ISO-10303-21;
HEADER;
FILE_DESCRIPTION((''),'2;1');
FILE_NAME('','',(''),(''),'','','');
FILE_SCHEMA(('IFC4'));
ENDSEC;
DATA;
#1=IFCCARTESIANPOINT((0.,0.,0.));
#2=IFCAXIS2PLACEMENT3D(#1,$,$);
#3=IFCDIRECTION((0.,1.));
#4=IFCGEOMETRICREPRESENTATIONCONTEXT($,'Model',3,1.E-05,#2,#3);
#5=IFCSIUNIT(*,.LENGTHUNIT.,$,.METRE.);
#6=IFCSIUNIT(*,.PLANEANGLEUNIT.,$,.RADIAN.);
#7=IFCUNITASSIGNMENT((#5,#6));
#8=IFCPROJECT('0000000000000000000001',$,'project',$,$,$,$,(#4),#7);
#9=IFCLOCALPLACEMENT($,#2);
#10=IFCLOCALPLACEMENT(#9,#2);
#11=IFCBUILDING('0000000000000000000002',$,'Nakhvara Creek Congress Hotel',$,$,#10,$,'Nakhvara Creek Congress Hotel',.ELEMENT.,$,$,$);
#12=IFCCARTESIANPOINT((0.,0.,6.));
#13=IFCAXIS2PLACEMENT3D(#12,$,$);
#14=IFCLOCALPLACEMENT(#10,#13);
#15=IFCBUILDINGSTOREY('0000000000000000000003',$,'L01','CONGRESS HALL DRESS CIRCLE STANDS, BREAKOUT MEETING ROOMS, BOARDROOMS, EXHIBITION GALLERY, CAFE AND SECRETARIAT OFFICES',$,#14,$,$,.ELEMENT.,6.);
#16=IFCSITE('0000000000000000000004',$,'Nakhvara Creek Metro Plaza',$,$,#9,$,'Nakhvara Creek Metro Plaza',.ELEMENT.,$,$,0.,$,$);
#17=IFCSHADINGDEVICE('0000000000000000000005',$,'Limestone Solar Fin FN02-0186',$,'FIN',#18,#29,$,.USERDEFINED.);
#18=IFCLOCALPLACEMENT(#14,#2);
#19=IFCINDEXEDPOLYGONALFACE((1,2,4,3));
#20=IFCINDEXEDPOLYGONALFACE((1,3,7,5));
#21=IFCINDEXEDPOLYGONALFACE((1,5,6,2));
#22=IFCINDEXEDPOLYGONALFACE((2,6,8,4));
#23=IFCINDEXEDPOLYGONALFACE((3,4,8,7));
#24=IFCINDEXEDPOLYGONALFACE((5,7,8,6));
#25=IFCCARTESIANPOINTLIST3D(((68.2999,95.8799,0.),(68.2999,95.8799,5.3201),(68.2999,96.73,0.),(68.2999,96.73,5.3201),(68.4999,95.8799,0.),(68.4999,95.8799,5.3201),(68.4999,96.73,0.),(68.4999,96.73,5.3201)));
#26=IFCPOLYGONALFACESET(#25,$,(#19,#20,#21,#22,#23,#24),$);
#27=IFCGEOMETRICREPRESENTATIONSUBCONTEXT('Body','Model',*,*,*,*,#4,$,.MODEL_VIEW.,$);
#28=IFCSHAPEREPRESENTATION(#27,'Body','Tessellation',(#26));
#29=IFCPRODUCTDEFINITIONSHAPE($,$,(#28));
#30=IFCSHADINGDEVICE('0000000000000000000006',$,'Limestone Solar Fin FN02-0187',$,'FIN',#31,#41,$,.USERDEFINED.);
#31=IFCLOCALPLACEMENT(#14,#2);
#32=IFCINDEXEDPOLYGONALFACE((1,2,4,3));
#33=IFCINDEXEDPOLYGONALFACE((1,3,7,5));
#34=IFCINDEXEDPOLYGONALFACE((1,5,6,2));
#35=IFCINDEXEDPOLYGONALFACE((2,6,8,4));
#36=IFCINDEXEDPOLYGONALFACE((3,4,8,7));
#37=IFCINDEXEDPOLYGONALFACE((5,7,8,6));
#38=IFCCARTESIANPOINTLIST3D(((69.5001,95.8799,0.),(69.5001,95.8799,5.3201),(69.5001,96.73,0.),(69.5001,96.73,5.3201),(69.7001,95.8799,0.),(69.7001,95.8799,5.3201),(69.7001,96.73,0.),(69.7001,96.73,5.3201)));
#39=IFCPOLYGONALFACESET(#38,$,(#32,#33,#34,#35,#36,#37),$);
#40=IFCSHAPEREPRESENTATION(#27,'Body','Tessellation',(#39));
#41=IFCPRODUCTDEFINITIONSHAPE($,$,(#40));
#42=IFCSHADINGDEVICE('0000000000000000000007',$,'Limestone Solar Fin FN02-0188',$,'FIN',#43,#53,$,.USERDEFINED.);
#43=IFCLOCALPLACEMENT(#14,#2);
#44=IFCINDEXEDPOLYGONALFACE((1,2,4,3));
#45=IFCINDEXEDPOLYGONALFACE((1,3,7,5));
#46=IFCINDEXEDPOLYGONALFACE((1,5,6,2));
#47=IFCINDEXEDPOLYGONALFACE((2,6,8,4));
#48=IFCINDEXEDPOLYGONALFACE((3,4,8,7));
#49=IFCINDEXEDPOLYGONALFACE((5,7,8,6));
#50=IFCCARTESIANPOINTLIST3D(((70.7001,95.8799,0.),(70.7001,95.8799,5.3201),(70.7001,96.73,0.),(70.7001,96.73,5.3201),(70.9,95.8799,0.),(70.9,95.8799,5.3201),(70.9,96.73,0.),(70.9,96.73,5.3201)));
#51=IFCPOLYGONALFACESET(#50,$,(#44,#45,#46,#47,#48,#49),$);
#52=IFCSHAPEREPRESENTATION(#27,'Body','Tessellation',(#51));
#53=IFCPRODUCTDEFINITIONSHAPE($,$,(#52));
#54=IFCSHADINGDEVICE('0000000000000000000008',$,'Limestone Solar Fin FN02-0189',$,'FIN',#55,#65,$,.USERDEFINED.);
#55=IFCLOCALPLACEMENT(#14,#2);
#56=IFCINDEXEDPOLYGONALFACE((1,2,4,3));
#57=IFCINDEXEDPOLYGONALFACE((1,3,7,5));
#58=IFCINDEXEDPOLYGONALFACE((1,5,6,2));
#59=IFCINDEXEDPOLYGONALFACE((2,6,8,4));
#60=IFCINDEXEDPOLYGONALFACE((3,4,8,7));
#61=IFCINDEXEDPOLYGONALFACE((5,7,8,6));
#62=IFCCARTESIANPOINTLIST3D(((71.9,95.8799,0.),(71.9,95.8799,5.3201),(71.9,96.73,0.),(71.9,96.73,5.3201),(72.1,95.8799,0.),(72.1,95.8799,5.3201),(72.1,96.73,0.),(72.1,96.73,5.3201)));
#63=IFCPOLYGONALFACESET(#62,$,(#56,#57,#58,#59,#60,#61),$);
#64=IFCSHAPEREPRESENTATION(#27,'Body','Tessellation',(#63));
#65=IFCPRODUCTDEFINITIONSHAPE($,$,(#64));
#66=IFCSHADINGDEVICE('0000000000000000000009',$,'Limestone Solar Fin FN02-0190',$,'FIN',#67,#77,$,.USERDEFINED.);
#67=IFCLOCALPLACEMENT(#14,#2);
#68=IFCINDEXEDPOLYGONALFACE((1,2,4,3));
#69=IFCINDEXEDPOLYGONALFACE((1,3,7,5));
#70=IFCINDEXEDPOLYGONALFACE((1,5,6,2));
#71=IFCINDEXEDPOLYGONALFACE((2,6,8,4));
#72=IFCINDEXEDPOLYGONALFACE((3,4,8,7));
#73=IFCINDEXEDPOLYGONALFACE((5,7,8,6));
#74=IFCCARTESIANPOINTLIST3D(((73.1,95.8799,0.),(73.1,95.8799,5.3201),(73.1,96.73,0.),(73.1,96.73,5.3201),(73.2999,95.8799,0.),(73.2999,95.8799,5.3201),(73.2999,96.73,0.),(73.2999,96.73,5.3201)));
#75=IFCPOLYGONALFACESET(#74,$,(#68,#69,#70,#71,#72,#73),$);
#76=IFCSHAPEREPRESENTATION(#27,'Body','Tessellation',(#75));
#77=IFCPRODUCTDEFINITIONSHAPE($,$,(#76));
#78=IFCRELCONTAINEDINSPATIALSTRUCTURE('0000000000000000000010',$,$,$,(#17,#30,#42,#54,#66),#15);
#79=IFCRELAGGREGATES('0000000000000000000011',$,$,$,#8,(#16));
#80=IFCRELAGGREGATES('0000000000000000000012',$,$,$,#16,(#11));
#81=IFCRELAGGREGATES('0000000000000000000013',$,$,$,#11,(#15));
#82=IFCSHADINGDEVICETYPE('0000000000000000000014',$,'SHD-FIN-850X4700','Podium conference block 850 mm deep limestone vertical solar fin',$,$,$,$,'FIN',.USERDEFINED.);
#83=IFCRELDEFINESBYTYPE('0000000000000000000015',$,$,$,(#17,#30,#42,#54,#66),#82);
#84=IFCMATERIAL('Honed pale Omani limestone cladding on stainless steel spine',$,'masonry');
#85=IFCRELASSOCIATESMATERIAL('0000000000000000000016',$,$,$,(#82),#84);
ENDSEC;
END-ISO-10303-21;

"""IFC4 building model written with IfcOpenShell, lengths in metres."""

from ifc_helpers import new_model, si_unit, direction, frame, origin, origin_2d, place, context, subcontext, project, spatial, rectangle, extrude, material, type_object, element, save


model = new_model("IFC4")

# Units and contexts
model_context = context("Model", 3, precision=1e-05, world=origin(), true_north=direction((0.0, 1.0)))
body_context = subcontext(model_context, "Body", "Model", "MODEL_VIEW")
ifc_project = project(units=[si_unit("LENGTHUNIT", "METRE"), si_unit("PLANEANGLEUNIT", "RADIAN")], contexts=[model_context])

# Site, building, storey
site_placement = place(None, origin())
site = spatial("IfcSite", under=ifc_project, at=site_placement, Name="Nakhvara Creek Metro Plaza", LongName="Nakhvara Creek Metro Plaza", CompositionType="ELEMENT", RefElevation=0.0)
building_placement = place(site_placement, origin())
building = spatial("IfcBuilding", under=site, at=building_placement, Name="Nakhvara Creek Congress Hotel", LongName="Nakhvara Creek Congress Hotel", CompositionType="ELEMENT")
storey_placement = place(building_placement, frame((0.0, 0.0, 6.0)))
storey = spatial("IfcBuildingStorey", under=building, at=storey_placement, Name="L01", Description="CONGRESS HALL DRESS CIRCLE STANDS, BREAKOUT MEETING ROOMS, BOARDROOMS, EXHIBITION GALLERY, CAFE AND SECRETARIAT OFFICES", CompositionType="ELEMENT", Elevation=6.0)

# Shading devices
ifc_material_1 = material(Name="Honed pale Omani limestone cladding on stainless steel spine", Category="masonry")
shading_device_type = type_object("IfcShadingDeviceType", Name="SHD-FIN-850X4700", Description="Podium conference block 850 mm deep limestone vertical solar fin", ElementType="FIN", PredefinedType="USERDEFINED", material=ifc_material_1)
for number, where, z_axis, x_axis, name in (
    (1, (68.3999, 96.3049, 0.0), (0.0, 0.0, 1.0), (1.0, 0.0, 0.0), "Limestone Solar Fin FN02-0186"),
    (2, (69.6001, 96.3049, 0.0), (0.0, 0.0, 1.0), (1.0, 0.0, 0.0), "Limestone Solar Fin FN02-0187"),
    (3, (70.8, 96.3049, 0.0), (0.0, 0.0, 1.0), (1.0, 0.0, 0.0), "Limestone Solar Fin FN02-0188"),
    (4, (72.0, 96.3049, 0.0), (0.0, 0.0, 1.0), (1.0, 0.0, 0.0), "Limestone Solar Fin FN02-0189"),
    (5, (73.2, 96.3049, 0.0), (0.0, 0.0, 1.0), (1.0, 0.0, 0.0), "Limestone Solar Fin FN02-0190"),
):
    element("IfcShadingDevice", number, at=place(storey_placement, frame(where, z_axis=z_axis, x_axis=x_axis)), inside=storey, type_object=shading_device_type, Name=name, ObjectType="FIN", PredefinedType="USERDEFINED", context=body_context, shape_type="SweptSolid", body=[
        extrude(rectangle(XDim=0.2, YDim=0.8501, at=origin_2d()), origin(), (0.0, 0.0, 1.0), 5.3201),
    ])

save(model, "model.ifc")
